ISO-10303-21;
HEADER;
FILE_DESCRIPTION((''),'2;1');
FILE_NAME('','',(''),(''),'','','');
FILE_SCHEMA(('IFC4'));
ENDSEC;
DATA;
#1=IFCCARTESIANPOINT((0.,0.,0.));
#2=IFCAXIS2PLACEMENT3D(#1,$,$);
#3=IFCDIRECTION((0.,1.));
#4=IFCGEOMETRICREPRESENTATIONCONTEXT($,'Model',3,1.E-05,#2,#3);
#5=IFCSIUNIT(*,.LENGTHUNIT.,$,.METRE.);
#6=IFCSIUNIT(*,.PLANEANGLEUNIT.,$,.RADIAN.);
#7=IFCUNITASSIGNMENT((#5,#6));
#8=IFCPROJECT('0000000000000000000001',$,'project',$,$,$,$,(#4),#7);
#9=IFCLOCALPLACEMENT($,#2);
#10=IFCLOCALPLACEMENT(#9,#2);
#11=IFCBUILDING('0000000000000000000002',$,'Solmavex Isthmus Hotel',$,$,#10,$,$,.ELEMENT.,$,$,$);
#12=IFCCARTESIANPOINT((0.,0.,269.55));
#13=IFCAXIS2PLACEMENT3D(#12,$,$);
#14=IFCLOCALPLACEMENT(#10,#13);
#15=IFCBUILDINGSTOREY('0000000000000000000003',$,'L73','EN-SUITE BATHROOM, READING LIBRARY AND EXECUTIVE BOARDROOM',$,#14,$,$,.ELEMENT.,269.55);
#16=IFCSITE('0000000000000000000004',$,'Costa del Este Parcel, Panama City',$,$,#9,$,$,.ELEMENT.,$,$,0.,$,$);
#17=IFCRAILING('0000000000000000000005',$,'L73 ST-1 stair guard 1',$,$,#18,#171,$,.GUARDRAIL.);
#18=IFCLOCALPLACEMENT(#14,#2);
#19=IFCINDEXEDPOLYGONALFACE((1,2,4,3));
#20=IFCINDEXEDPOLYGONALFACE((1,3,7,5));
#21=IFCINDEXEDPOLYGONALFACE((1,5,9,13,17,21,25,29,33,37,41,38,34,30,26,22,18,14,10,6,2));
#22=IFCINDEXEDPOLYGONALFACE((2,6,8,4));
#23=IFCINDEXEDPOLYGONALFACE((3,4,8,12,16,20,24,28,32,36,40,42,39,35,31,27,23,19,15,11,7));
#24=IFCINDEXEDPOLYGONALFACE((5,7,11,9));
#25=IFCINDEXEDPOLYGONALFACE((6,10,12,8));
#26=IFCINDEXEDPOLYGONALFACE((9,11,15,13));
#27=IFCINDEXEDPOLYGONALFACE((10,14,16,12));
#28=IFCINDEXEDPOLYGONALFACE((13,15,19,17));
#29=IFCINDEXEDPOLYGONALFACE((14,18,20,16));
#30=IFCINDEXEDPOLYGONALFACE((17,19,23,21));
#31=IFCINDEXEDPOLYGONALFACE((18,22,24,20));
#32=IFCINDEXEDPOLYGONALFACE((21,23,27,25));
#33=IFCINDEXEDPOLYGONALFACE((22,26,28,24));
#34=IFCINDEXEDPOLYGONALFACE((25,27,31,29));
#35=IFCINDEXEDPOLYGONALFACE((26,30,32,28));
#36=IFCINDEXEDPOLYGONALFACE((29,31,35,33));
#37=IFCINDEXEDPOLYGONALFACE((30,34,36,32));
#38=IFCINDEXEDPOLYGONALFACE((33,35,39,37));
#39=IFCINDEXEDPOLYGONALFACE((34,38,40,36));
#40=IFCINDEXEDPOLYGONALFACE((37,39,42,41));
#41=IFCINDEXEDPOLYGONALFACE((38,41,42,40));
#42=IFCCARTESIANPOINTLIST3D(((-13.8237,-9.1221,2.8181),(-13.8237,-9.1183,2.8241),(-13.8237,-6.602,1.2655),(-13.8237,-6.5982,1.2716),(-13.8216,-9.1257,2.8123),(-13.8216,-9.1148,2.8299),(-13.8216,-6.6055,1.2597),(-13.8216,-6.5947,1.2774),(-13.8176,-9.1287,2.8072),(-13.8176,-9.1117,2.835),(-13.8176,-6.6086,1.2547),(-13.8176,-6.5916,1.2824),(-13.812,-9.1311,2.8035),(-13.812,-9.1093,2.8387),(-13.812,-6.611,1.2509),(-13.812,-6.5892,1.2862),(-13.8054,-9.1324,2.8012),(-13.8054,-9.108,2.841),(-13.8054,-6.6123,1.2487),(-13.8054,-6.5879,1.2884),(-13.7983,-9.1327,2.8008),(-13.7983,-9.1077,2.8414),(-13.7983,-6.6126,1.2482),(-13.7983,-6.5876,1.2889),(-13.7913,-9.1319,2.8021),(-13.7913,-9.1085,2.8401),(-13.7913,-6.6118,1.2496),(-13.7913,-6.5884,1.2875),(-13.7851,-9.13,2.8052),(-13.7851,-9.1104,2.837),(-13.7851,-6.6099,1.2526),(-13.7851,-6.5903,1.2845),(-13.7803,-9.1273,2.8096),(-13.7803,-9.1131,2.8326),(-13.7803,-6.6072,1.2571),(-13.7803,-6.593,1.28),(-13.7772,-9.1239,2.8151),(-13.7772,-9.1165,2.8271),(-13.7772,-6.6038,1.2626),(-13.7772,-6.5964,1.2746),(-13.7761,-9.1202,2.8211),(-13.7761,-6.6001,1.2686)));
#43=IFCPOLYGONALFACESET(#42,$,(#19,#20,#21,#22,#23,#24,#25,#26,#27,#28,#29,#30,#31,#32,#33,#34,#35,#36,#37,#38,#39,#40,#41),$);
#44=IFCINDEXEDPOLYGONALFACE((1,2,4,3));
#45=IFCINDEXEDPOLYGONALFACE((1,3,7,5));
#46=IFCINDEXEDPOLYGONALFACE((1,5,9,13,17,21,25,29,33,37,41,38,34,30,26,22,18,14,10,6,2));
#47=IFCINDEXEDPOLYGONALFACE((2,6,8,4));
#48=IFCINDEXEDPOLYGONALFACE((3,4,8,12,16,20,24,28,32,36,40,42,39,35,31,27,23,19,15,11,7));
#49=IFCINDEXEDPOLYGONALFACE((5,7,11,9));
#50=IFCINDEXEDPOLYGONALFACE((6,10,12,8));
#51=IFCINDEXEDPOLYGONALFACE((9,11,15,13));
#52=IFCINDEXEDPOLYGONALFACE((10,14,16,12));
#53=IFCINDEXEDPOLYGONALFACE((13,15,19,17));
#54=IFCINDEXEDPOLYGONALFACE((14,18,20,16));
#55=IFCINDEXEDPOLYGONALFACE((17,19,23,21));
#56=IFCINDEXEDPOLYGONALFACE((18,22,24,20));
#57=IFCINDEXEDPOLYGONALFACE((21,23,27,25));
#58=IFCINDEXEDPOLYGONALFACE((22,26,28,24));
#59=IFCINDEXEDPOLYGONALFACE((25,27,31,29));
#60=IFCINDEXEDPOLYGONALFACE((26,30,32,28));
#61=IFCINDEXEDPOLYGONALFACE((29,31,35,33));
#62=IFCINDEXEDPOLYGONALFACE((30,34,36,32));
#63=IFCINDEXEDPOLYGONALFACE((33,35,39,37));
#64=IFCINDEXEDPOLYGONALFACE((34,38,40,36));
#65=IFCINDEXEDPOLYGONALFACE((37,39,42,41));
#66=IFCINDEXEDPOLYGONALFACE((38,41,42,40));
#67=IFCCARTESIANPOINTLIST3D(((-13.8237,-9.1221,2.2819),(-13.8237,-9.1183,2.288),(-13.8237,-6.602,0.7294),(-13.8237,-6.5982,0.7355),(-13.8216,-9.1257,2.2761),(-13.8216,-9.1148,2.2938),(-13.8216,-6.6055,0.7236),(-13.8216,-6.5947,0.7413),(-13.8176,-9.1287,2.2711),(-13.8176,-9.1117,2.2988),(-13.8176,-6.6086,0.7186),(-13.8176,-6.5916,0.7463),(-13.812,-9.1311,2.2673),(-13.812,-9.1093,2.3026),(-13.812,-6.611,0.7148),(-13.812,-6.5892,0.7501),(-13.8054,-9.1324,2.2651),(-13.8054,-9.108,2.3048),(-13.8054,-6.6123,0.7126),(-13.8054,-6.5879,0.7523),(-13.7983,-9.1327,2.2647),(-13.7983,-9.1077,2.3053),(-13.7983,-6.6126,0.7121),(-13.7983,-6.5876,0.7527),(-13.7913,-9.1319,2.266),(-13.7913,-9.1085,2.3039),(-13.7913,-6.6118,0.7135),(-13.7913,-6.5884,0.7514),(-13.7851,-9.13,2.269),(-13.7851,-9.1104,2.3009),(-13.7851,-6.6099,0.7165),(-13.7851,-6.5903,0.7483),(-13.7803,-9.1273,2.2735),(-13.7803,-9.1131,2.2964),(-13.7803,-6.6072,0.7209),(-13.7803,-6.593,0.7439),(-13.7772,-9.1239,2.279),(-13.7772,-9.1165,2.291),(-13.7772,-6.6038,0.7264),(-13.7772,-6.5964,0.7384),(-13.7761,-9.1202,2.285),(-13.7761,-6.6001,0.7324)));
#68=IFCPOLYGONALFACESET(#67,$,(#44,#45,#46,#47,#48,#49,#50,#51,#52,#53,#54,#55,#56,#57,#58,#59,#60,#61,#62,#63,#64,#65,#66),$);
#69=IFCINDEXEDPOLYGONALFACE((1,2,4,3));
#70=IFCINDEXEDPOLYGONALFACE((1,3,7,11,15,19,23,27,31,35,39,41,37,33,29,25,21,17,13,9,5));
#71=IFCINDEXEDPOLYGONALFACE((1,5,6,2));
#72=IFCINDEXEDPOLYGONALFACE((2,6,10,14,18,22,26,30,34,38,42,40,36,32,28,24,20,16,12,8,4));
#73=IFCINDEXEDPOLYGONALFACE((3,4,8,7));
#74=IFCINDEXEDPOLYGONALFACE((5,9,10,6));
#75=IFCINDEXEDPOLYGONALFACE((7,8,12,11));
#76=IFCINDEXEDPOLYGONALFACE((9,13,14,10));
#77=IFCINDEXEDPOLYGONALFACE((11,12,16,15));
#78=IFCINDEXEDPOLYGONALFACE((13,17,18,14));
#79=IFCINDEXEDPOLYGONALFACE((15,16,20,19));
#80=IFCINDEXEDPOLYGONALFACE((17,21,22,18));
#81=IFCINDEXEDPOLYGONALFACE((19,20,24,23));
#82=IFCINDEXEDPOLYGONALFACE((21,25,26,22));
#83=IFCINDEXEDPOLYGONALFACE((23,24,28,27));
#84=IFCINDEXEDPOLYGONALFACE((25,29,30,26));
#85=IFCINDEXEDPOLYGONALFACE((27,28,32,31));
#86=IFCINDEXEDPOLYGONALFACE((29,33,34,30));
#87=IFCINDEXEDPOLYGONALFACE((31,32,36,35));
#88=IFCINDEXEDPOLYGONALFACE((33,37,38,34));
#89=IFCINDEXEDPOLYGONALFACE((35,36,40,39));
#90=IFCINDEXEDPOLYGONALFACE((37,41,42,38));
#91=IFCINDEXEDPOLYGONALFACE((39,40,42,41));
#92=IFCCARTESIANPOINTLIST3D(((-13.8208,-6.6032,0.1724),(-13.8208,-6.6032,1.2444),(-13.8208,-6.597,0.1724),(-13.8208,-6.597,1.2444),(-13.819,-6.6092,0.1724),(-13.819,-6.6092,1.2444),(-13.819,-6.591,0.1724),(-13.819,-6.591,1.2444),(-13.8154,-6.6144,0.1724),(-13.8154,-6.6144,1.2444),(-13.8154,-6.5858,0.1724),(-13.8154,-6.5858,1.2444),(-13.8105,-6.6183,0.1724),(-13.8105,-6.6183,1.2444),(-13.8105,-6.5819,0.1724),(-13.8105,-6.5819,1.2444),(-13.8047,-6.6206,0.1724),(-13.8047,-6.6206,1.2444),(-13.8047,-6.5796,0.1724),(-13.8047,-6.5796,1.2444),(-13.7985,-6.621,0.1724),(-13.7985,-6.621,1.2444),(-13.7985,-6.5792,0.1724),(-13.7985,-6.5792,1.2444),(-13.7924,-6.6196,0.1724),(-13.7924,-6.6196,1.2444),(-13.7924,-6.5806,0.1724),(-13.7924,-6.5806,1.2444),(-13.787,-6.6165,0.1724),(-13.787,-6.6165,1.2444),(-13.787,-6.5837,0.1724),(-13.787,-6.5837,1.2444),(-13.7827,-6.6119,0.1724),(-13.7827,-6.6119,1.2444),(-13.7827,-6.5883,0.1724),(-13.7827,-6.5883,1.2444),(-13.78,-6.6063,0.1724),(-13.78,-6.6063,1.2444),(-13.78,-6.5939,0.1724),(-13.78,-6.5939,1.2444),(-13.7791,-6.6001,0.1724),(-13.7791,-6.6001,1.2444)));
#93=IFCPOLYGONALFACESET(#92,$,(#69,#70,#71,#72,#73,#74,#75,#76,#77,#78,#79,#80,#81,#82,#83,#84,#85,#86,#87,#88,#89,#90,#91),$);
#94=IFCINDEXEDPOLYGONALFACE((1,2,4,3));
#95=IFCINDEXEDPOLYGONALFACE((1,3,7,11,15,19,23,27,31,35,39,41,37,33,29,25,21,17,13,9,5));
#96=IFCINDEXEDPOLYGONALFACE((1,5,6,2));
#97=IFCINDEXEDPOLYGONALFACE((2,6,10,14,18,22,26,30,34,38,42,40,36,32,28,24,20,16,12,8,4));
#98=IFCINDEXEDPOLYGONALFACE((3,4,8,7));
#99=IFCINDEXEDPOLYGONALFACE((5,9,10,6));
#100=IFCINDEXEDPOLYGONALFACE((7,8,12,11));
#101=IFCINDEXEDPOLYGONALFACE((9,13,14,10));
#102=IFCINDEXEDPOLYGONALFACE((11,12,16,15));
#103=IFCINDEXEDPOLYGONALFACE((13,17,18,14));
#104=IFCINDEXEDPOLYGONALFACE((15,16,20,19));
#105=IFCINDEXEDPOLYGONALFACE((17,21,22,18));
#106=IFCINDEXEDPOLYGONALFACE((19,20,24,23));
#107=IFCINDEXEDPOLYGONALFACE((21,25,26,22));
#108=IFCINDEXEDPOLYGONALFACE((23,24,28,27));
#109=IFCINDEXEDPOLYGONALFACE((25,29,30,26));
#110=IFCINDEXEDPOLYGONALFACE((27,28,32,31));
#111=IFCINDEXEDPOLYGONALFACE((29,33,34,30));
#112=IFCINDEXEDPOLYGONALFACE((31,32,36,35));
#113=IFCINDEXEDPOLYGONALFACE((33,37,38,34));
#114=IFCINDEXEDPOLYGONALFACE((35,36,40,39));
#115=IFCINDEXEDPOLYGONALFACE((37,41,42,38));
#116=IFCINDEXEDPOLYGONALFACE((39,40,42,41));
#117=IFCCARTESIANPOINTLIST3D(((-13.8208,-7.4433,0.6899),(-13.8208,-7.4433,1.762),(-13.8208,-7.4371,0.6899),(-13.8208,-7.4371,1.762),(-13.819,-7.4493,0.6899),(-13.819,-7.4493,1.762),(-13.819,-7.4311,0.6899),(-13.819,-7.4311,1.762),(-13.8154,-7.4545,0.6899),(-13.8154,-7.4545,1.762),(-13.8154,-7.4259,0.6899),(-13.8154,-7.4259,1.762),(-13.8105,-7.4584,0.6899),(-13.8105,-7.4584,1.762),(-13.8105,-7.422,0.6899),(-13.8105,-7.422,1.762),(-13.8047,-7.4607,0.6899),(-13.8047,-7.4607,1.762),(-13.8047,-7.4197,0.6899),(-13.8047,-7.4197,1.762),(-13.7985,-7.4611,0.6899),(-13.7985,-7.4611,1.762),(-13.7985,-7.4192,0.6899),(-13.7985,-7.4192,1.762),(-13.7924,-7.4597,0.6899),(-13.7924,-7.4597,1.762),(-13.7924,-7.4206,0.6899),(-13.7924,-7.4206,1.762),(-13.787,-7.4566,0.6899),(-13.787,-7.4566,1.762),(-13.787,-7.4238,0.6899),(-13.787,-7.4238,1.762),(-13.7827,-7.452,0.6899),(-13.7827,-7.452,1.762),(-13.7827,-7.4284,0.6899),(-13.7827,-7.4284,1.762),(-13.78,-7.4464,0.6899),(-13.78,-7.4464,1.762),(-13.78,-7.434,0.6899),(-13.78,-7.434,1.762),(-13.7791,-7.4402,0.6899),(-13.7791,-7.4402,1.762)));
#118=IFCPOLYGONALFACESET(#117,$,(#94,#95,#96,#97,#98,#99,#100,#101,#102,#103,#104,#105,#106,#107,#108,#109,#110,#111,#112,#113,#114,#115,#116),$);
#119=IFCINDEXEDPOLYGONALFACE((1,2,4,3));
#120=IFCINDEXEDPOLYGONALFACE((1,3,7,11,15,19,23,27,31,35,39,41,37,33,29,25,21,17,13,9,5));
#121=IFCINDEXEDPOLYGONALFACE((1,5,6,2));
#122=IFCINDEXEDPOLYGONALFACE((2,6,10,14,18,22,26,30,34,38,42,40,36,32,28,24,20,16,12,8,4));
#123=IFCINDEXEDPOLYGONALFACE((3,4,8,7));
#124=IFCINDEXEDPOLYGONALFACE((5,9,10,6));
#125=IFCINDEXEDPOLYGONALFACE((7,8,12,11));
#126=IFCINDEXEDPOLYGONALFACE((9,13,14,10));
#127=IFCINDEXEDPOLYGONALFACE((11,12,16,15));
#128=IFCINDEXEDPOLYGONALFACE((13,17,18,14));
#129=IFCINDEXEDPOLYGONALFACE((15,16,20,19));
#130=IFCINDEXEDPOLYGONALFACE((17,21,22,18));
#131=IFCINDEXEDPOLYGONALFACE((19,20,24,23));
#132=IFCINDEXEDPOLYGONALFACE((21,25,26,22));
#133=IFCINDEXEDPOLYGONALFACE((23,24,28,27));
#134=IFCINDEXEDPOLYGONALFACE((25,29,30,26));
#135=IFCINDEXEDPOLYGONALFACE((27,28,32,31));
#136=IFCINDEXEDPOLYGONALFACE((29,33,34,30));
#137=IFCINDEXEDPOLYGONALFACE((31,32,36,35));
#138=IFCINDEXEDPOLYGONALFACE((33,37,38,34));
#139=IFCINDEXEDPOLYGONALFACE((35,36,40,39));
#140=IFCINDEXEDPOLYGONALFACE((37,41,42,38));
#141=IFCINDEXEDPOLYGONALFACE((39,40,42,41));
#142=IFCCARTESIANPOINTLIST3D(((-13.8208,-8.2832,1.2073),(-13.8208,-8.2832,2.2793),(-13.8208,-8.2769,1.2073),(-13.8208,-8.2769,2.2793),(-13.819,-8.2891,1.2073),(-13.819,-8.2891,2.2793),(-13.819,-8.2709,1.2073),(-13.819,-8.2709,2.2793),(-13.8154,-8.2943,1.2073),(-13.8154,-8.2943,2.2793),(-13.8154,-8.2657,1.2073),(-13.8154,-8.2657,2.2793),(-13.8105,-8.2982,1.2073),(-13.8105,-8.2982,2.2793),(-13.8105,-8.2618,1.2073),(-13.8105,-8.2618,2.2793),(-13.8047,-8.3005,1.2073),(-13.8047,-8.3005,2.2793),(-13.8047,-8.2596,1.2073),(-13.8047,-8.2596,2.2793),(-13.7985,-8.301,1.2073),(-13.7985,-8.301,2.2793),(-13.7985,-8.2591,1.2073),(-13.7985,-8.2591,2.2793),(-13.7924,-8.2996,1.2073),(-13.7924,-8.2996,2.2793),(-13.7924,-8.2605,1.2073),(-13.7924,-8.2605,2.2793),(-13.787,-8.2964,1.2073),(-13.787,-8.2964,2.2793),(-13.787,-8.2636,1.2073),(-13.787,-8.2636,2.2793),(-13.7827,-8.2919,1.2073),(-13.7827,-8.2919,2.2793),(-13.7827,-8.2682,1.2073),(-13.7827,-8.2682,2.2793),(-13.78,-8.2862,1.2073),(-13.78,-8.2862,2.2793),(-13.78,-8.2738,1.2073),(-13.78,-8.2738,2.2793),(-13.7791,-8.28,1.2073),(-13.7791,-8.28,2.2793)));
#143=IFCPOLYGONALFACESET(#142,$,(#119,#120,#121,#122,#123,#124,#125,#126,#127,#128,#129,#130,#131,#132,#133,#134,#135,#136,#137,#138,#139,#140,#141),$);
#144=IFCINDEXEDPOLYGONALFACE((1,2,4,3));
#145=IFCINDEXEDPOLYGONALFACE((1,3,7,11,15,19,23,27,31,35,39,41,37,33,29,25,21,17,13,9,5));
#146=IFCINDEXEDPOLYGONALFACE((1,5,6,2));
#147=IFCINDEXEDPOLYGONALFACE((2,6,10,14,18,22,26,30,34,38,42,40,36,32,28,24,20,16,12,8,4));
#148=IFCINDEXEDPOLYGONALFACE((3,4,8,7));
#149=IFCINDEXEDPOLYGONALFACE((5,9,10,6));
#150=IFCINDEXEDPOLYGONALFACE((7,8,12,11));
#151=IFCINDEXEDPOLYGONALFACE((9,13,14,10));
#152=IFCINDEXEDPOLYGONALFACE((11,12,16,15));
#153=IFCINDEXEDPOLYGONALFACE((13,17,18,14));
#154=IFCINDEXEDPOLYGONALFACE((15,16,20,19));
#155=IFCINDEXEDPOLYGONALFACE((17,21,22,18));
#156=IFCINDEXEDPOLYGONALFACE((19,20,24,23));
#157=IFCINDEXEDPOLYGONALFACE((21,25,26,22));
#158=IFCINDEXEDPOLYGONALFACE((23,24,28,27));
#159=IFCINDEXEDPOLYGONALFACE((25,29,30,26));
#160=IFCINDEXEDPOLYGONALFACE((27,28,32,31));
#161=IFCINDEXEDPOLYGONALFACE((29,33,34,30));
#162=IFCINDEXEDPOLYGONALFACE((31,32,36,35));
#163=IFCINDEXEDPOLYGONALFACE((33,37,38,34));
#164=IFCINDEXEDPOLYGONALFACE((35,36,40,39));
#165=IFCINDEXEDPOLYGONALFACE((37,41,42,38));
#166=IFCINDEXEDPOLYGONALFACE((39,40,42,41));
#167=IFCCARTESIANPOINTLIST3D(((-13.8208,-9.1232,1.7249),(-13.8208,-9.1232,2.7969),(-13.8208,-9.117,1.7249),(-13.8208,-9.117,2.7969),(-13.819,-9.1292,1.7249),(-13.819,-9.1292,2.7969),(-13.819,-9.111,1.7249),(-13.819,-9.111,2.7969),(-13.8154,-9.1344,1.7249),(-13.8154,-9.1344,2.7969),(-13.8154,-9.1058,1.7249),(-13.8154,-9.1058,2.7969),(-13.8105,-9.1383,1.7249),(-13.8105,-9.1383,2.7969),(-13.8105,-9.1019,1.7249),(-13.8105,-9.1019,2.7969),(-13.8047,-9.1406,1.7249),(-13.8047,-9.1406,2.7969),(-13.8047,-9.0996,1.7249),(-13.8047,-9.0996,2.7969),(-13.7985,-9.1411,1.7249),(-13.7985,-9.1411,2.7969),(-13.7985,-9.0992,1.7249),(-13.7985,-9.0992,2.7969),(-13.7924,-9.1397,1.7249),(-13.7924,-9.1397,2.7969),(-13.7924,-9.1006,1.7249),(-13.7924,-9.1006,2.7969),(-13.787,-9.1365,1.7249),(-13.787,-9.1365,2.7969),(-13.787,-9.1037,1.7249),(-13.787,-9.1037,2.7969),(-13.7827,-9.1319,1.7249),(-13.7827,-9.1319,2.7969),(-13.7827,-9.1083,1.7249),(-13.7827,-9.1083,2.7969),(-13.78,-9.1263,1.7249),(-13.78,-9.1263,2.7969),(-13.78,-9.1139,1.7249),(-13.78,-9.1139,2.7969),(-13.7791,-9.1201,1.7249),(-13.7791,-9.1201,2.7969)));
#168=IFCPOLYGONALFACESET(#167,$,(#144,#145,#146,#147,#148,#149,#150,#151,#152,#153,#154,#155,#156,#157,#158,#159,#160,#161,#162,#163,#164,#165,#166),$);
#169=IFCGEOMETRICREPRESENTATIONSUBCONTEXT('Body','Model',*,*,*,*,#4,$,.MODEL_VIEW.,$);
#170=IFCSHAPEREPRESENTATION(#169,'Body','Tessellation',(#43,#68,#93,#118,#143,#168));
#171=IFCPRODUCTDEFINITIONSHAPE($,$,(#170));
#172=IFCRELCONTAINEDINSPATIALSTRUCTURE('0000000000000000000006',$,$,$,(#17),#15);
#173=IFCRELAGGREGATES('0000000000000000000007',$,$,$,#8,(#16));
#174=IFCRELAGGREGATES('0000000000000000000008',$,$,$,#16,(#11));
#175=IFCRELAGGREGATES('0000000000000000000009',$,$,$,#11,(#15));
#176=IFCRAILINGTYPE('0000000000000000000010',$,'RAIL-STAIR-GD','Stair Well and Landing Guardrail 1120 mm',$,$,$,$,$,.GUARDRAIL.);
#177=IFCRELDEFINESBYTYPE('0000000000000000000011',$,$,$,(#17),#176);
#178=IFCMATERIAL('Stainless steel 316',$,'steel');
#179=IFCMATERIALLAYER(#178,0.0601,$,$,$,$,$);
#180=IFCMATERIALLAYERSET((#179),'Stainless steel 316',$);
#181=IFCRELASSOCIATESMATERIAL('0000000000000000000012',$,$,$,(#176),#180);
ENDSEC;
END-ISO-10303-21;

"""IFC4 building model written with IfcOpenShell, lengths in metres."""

from ifc_helpers import new_model, si_unit, direction, frame, origin, origin_2d, place, context, subcontext, project, spatial, circle, extrude, material, layer, layer_set, type_object, element, save


model = new_model("IFC4")

# Units and contexts
model_context = context("Model", 3, precision=1e-05, world=origin(), true_north=direction((0.0, 1.0)))
body_context = subcontext(model_context, "Body", "Model", "MODEL_VIEW")
ifc_project = project(units=[si_unit("LENGTHUNIT", "METRE"), si_unit("PLANEANGLEUNIT", "RADIAN")], contexts=[model_context])

# Site, building, storey
site_placement = place(None, origin())
site = spatial("IfcSite", under=ifc_project, at=site_placement, Name="Costa del Este Parcel, Panama City", CompositionType="ELEMENT", RefElevation=0.0)
building_placement = place(site_placement, origin())
building = spatial("IfcBuilding", under=site, at=building_placement, Name="Solmavex Isthmus Hotel", CompositionType="ELEMENT")
storey_placement = place(building_placement, frame((0.0, 0.0, 269.55)))
storey = spatial("IfcBuildingStorey", under=building, at=storey_placement, Name="L73", Description="EN-SUITE BATHROOM, READING LIBRARY AND EXECUTIVE BOARDROOM", CompositionType="ELEMENT", Elevation=269.55)

# Shared definitions
ifc_material_1 = material(Name="Stainless steel 316", Category="steel")

# Railing
ifc_layer_1 = layer(ifc_material_1, 0.0601)
ifc_layer_set_1 = layer_set([ifc_layer_1], Name="Stainless steel 316")
railing_type_1 = type_object("IfcRailingType", Name="RAIL-STAIR-GD", Description="Stair Well and Landing Guardrail 1120 mm", PredefinedType="GUARDRAIL", material=ifc_layer_set_1)
railing_1_placement = place(storey_placement, frame((-13.8, -6.6001, 0.1724)))
element("IfcRailing", 1, at=railing_1_placement, inside=storey, type_object=railing_type_1, Name="L73 ST-1 stair guard 1", PredefinedType="GUARDRAIL", context=body_context, shape_type="SweptSolid", body=[
    extrude(circle(Radius=0.0239, at=origin_2d()), frame((0.0, 0.0, 1.0962), z_axis=(0.0, -0.8514, 0.524516), x_axis=(1.0, 0.0, 0.0)), (0.0, 0.0, 1.0), 2.96),
    extrude(circle(Radius=0.0239, at=origin_2d()), frame((0.0, 0.0, 0.5601), z_axis=(0.0, -0.8514, 0.524516), x_axis=(1.0, 0.0, 0.0)), (0.0, 0.0, 1.0), 2.96),
    extrude(circle(Radius=0.021, at=origin_2d()), origin(), (0.0, 0.0, 1.0), 1.072),
    extrude(circle(Radius=0.021, at=origin_2d()), frame((0.0, -0.8401, 0.5176)), (0.0, 0.0, 1.0), 1.072),
    extrude(circle(Radius=0.021, at=origin_2d()), frame((0.0, -1.6799, 1.0349)), (0.0, 0.0, 1.0), 1.072),
    extrude(circle(Radius=0.021, at=origin_2d()), frame((0.0, -2.52, 1.5525)), (0.0, 0.0, 1.0), 1.072),
])

save(model, "model.ifc")
